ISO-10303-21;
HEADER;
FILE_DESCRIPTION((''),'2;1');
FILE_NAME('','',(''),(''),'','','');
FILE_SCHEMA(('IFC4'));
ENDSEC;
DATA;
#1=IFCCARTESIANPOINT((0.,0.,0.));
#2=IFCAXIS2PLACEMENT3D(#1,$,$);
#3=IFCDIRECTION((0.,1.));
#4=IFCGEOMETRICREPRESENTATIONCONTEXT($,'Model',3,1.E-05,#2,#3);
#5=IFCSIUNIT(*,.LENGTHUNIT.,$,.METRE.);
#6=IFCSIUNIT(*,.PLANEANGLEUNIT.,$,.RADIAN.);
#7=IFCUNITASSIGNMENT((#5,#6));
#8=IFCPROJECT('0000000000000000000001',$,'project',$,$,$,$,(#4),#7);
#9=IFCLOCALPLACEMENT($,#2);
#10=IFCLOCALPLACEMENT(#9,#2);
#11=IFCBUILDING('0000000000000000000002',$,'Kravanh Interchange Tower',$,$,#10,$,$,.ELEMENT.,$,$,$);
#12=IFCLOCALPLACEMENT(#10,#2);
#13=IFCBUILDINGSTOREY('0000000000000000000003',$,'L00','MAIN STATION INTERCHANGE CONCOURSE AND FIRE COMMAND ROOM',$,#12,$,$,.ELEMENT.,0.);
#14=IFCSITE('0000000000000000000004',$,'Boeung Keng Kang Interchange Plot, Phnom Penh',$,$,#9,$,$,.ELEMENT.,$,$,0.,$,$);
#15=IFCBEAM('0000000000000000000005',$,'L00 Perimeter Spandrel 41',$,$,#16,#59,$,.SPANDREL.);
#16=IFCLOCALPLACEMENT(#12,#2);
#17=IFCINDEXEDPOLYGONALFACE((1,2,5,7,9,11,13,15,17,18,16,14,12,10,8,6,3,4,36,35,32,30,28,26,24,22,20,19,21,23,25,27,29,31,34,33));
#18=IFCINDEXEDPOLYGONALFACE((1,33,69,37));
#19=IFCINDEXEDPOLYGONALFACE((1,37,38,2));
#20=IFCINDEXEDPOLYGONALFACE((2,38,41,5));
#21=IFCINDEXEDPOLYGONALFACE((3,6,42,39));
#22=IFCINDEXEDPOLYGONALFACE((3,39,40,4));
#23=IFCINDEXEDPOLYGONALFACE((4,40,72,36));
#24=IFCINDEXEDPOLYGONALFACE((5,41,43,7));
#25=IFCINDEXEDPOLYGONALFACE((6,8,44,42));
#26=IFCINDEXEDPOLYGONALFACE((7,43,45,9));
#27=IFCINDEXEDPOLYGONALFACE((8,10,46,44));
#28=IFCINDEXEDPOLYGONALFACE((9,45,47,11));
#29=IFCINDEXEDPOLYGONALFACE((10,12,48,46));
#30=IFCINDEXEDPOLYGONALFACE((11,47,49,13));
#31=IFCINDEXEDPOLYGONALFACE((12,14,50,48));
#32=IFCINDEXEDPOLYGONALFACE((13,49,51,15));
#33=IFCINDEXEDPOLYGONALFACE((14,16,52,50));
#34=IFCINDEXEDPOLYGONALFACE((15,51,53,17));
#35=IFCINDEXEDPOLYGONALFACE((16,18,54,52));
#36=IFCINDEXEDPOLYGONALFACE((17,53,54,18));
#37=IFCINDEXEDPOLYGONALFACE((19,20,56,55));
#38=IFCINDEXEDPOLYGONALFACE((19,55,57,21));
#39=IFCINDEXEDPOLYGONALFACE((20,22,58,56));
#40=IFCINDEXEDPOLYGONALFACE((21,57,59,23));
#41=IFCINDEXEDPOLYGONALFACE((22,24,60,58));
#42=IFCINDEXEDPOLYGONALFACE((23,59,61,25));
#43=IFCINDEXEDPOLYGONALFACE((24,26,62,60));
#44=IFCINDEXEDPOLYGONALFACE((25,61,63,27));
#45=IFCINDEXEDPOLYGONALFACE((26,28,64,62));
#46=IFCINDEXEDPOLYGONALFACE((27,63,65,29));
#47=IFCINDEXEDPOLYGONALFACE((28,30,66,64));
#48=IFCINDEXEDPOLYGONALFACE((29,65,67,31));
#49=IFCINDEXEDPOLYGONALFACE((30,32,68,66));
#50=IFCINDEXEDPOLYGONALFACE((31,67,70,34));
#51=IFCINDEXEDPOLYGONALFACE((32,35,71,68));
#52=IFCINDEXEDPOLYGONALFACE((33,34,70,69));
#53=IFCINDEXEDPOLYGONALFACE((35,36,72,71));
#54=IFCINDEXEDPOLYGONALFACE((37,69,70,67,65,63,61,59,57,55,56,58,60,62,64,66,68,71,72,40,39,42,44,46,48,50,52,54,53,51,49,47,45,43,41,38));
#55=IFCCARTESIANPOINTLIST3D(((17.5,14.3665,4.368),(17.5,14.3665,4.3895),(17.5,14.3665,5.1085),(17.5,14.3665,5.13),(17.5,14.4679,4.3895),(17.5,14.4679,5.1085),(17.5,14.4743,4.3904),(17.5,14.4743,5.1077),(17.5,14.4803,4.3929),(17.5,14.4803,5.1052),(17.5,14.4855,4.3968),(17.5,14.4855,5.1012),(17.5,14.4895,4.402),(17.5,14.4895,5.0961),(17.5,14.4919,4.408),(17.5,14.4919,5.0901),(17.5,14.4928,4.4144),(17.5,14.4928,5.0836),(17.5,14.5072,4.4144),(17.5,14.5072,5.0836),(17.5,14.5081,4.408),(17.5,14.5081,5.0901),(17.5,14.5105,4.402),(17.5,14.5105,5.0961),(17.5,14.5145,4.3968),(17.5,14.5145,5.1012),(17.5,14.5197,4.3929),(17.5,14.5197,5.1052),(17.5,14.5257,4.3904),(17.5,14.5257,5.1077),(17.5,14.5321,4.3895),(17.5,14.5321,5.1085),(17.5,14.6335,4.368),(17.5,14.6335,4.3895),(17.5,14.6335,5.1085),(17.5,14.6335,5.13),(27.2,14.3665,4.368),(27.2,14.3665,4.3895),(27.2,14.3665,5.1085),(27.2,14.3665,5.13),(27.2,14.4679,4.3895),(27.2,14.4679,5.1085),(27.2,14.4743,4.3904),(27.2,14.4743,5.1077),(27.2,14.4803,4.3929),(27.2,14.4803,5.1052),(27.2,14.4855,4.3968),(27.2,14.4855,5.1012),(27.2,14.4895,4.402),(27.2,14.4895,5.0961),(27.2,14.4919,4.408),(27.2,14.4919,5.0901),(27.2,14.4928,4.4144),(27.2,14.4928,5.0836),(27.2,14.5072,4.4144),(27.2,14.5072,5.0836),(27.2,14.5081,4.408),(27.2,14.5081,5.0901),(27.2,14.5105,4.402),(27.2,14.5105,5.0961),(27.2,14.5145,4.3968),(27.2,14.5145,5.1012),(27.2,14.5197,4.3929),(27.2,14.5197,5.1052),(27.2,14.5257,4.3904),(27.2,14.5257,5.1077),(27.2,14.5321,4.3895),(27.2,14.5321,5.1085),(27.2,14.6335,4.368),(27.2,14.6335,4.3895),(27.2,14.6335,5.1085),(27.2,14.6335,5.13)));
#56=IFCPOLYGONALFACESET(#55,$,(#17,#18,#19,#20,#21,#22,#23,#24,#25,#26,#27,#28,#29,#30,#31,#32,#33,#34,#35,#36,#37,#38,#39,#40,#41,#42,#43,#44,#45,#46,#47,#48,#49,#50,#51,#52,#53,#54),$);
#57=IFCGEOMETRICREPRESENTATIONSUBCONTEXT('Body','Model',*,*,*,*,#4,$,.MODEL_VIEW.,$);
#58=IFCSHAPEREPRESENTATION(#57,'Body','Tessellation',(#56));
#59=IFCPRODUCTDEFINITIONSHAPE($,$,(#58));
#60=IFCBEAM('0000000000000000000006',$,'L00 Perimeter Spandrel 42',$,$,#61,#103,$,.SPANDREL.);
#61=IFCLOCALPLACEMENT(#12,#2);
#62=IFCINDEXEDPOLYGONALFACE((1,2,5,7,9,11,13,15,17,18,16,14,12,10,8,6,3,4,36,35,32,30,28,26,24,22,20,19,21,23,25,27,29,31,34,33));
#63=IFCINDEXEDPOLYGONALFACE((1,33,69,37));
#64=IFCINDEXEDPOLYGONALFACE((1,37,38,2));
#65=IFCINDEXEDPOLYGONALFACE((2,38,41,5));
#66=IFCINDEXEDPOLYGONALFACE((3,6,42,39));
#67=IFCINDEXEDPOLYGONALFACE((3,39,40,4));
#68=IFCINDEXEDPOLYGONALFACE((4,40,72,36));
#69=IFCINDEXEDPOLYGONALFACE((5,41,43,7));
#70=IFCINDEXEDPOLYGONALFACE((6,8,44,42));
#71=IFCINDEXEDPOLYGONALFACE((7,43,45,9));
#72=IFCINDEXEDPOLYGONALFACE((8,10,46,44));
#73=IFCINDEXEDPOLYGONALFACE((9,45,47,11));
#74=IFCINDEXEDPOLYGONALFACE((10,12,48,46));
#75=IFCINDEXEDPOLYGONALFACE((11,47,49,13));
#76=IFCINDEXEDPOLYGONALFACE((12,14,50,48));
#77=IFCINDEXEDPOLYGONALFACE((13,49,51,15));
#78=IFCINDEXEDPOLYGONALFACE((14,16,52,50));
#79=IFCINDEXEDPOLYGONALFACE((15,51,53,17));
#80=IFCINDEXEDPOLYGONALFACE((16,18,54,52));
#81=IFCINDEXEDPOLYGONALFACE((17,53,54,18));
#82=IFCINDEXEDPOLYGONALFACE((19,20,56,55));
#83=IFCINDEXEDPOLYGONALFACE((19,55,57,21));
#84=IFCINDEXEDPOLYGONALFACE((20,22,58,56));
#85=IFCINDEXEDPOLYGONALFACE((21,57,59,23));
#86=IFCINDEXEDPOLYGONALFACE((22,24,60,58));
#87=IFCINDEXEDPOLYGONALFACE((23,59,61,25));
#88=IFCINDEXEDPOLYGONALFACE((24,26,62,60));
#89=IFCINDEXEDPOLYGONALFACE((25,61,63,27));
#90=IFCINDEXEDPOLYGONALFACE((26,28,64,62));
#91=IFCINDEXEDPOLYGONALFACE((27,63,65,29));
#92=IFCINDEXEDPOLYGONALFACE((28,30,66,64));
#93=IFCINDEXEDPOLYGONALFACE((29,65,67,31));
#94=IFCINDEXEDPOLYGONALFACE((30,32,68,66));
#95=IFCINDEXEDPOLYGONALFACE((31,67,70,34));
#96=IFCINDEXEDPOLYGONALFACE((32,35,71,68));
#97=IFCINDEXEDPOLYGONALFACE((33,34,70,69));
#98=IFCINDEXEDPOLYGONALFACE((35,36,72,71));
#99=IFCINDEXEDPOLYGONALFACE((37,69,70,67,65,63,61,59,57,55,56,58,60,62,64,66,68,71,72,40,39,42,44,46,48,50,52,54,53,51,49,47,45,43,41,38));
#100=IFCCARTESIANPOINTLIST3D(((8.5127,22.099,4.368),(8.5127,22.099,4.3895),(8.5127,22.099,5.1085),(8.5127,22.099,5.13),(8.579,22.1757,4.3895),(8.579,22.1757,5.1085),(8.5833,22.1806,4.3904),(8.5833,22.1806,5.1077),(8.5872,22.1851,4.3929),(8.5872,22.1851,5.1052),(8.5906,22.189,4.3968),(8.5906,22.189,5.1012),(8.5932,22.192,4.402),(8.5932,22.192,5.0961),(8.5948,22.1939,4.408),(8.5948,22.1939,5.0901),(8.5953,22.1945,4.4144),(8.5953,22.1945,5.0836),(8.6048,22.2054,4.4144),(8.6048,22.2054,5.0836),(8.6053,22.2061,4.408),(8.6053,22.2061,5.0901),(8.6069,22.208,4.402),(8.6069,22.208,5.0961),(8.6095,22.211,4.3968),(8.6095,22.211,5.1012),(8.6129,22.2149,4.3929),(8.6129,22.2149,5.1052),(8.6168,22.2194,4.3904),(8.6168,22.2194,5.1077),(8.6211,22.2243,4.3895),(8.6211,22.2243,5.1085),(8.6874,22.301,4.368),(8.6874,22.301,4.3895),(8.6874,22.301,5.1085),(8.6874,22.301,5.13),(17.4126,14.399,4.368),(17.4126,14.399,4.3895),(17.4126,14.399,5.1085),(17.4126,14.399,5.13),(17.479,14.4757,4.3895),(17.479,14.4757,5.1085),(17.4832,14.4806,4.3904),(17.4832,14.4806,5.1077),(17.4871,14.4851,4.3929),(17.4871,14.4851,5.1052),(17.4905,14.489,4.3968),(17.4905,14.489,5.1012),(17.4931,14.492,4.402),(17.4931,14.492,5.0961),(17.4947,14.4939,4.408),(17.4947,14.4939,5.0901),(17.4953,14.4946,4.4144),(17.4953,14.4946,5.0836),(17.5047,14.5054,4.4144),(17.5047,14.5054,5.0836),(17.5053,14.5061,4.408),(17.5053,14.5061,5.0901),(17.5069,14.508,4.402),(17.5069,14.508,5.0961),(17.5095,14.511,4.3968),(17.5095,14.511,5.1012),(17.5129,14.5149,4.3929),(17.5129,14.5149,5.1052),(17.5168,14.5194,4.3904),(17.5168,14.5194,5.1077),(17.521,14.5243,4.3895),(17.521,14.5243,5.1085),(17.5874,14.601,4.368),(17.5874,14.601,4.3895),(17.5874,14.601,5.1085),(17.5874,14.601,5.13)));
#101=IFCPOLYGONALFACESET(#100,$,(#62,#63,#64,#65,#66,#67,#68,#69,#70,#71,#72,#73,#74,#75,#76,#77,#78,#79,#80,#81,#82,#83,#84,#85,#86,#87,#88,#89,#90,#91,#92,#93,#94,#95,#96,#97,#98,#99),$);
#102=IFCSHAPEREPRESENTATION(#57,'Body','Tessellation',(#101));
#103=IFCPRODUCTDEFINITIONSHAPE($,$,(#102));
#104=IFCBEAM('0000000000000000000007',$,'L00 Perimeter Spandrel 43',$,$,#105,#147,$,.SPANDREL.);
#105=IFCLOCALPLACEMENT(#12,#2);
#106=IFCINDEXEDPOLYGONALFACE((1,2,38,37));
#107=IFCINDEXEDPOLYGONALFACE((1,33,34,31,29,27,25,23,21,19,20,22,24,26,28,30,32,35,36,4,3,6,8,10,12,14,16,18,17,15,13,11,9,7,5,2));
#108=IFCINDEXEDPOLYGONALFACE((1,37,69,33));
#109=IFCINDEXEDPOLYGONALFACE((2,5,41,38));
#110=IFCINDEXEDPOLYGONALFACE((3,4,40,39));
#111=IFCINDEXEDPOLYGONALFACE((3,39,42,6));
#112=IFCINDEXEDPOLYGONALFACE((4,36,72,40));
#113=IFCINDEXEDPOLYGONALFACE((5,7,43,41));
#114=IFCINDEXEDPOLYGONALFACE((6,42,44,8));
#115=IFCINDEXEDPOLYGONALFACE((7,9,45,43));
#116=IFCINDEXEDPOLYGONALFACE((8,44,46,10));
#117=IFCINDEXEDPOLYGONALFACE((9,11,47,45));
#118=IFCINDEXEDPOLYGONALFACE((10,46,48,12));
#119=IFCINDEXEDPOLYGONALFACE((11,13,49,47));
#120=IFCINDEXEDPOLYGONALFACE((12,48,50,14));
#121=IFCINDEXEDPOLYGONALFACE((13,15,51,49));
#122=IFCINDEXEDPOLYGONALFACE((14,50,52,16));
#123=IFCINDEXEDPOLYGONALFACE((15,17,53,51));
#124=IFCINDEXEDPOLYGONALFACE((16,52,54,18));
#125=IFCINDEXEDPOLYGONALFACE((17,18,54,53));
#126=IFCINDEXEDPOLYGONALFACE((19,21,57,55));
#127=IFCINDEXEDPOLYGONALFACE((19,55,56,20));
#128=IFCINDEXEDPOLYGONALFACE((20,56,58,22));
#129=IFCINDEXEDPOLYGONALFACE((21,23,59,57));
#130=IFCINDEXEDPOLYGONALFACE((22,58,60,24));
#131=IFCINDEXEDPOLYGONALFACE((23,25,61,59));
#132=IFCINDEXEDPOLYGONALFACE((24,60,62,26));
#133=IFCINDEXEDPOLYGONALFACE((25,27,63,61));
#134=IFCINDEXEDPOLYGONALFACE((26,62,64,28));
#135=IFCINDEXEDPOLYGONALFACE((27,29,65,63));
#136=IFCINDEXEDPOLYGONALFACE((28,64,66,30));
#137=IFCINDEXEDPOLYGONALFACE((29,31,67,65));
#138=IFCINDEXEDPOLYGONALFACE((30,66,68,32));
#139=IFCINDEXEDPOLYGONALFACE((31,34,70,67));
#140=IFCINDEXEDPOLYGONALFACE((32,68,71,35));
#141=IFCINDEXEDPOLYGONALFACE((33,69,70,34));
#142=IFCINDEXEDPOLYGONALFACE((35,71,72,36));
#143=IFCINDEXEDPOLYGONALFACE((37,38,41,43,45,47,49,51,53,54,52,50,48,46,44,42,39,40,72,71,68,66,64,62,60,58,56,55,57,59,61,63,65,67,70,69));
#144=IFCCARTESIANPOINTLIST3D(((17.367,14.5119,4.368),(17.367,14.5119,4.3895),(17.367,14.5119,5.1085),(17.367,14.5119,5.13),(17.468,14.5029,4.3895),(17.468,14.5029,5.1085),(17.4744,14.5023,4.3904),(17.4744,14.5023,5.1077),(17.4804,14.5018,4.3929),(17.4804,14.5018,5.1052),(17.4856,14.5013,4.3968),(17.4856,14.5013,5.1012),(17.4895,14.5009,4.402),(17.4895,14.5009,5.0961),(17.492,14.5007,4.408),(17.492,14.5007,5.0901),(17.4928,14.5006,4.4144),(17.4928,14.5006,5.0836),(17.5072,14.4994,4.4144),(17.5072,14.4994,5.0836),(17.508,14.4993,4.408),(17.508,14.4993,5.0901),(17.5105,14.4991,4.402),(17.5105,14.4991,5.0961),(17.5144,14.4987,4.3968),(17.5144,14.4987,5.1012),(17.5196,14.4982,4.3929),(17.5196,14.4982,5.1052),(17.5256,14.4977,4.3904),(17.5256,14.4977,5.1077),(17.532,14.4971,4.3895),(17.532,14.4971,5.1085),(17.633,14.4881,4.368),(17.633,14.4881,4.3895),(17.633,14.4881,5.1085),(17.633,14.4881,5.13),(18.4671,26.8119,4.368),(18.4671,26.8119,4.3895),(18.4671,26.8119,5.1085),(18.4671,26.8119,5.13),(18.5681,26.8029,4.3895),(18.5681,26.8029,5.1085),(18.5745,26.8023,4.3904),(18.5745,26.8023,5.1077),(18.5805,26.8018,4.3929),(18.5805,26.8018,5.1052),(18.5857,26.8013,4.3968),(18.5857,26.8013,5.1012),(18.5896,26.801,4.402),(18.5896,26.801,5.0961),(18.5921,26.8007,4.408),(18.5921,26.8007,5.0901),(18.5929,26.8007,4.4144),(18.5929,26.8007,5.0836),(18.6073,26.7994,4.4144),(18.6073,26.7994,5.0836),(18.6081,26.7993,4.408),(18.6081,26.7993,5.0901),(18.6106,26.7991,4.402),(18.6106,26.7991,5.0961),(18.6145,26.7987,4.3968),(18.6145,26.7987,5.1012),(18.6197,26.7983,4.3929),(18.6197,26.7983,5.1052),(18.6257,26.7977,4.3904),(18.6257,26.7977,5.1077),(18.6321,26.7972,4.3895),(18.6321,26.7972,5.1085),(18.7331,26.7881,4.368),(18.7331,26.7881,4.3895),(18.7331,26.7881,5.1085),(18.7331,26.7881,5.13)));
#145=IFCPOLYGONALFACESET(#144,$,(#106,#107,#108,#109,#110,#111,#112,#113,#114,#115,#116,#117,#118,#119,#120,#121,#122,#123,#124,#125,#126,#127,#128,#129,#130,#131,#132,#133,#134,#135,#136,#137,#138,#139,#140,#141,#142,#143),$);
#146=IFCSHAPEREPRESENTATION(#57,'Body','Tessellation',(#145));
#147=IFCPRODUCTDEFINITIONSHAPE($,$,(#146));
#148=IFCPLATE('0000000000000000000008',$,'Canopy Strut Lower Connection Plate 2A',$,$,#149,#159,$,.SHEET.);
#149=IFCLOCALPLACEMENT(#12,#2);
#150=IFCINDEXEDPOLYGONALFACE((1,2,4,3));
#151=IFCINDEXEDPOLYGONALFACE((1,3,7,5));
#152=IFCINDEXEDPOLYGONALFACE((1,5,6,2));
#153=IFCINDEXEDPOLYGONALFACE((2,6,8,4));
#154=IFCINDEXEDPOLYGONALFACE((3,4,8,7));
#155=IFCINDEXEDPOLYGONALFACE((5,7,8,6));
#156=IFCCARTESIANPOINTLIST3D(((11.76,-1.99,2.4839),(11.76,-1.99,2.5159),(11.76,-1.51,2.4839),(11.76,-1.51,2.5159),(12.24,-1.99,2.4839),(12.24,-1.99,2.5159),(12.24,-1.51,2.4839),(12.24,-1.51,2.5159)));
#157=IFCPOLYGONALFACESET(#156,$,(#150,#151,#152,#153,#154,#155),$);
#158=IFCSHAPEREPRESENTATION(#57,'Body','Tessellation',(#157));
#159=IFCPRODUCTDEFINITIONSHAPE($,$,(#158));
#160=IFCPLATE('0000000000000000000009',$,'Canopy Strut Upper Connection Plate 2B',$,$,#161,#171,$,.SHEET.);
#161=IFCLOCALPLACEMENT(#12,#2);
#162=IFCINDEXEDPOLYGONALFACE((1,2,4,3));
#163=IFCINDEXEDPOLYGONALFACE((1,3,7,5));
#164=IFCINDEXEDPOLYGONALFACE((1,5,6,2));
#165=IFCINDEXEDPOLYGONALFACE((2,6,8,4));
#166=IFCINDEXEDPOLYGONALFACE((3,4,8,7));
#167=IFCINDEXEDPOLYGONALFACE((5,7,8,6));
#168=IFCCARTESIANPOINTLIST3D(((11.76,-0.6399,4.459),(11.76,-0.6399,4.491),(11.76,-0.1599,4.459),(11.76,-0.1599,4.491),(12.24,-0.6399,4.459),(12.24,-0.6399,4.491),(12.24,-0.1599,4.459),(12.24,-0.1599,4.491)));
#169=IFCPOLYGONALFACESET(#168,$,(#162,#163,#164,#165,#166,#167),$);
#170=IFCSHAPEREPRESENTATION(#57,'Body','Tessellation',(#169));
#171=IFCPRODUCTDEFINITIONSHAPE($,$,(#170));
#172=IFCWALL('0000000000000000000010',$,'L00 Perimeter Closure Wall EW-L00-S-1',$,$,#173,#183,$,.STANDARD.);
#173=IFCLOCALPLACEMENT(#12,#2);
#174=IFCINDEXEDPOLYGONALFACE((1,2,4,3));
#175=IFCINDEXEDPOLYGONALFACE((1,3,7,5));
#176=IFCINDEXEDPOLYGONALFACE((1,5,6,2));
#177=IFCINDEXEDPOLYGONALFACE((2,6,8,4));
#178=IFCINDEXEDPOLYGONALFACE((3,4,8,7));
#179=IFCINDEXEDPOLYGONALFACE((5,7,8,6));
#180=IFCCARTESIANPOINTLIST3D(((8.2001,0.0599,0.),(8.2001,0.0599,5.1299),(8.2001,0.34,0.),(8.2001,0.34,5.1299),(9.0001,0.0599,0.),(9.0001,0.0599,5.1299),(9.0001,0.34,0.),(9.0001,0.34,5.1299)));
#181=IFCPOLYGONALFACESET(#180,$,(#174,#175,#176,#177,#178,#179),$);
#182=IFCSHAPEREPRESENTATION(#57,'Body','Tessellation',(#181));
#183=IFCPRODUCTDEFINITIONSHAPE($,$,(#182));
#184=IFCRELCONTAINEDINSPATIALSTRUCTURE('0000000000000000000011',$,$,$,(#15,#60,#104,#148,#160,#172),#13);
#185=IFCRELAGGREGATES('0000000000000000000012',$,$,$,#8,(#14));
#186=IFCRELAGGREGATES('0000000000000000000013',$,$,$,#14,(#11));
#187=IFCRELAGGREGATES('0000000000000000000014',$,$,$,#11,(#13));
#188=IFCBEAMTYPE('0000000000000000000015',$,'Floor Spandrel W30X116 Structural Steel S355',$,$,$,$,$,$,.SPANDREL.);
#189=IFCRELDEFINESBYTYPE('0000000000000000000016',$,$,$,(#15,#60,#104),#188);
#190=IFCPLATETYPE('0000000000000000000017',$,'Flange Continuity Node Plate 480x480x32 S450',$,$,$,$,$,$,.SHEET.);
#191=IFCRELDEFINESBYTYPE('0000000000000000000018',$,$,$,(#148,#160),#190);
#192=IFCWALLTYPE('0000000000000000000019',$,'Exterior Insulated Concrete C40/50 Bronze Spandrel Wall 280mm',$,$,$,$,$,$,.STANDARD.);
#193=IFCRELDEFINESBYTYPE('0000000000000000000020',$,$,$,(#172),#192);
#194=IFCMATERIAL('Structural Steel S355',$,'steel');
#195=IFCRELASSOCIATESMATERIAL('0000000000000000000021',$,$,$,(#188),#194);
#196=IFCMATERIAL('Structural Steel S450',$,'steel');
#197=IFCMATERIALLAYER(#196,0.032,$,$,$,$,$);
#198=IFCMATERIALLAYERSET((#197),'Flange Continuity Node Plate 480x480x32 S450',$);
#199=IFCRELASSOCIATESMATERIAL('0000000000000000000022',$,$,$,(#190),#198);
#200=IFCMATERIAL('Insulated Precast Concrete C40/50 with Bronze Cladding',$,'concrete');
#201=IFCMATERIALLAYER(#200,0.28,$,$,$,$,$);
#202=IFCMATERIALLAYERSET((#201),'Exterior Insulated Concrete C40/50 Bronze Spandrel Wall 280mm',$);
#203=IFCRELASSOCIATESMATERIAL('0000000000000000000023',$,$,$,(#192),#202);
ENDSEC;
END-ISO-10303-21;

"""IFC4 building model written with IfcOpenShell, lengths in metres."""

from ifc_helpers import new_model, si_unit, direction, frame, frame_2d, origin, origin_2d, place, context, subcontext, project, spatial, rectangle, i_section, extrude, material, layer, layer_set, material_profile, profile_set, type_object, element, save


model = new_model("IFC4")

# Units and contexts
model_context = context("Model", 3, precision=1e-05, world=origin(), true_north=direction((0.0, 1.0)))
body_context = subcontext(model_context, "Body", "Model", "MODEL_VIEW")
ifc_project = project(units=[si_unit("LENGTHUNIT", "METRE"), si_unit("PLANEANGLEUNIT", "RADIAN")], contexts=[model_context])

# Site, building, storey
site_placement = place(None, origin())
site = spatial("IfcSite", under=ifc_project, at=site_placement, Name="Boeung Keng Kang Interchange Plot, Phnom Penh", CompositionType="ELEMENT", RefElevation=0.0)
building_placement = place(site_placement, origin())
building = spatial("IfcBuilding", under=site, at=building_placement, Name="Kravanh Interchange Tower", CompositionType="ELEMENT")
storey_placement = place(building_placement, origin())
storey = spatial("IfcBuildingStorey", under=building, at=storey_placement, Name="L00", Description="MAIN STATION INTERCHANGE CONCOURSE AND FIRE COMMAND ROOM", CompositionType="ELEMENT", Elevation=0.0)

# Beams
ifc_material_1 = material(Name="Structural Steel S355", Category="steel")
ifc_material_profile_1 = material_profile(ifc_material_1, i_section(OverallWidth=0.2671, OverallDepth=0.762, WebThickness=0.0144, FlangeThickness=0.0215, FilletRadius=0.0249, at=origin_2d()), Name="W30X116")
ifc_profile_set_1 = profile_set([ifc_material_profile_1], Name="Structural Steel S355")
beam_type_1 = type_object("IfcBeamType", Name="Floor Spandrel W30X116 Structural Steel S355", PredefinedType="SPANDREL", material=ifc_profile_set_1)
beam_1_placement = place(storey_placement, frame((17.5, 14.5, 4.749), z_axis=(1.0, 0.0, 0.0), x_axis=(0.0, 1.0, 0.0)))
element("IfcBeam", 1, at=beam_1_placement, inside=storey, type_object=beam_type_1, Name="L00 Perimeter Spandrel 41", PredefinedType="SPANDREL", context=body_context, shape_type="SweptSolid", body=[
    extrude(i_section(OverallWidth=0.2671, OverallDepth=0.762, WebThickness=0.0144, FlangeThickness=0.0215, FilletRadius=0.0249, at=origin_2d()), origin(), (0.0, 0.0, 1.0), 9.7),
])
beam_2_placement = place(storey_placement, frame((17.5, 14.5, 4.749), z_axis=(-0.756248, 0.654285, 0.0), x_axis=(-0.654285, -0.756248, 0.0)))
element("IfcBeam", 2, at=beam_2_placement, inside=storey, type_object=beam_type_1, Name="L00 Perimeter Spandrel 42", PredefinedType="SPANDREL", context=body_context, shape_type="SweptSolid", body=[
    extrude(i_section(OverallWidth=0.2671, OverallDepth=0.762, WebThickness=0.0144, FlangeThickness=0.0215, FilletRadius=0.0249, at=origin_2d()), origin(), (0.0, 0.0, 1.0), 11.7686),
])
beam_3_placement = place(storey_placement, frame((17.5, 14.5, 4.749), z_axis=(0.089083, 0.996024, 0.0), x_axis=(-0.996024, 0.089083, 0.0)))
element("IfcBeam", 3, at=beam_3_placement, inside=storey, type_object=beam_type_1, Name="L00 Perimeter Spandrel 43", PredefinedType="SPANDREL", context=body_context, shape_type="SweptSolid", body=[
    extrude(i_section(OverallWidth=0.2671, OverallDepth=0.762, WebThickness=0.0144, FlangeThickness=0.0215, FilletRadius=0.0249, at=origin_2d()), origin(), (0.0, 0.0, 1.0), 12.3491),
])

# Plates
ifc_material_2 = material(Name="Structural Steel S450", Category="steel")
ifc_layer_1 = layer(ifc_material_2, 0.032)
ifc_layer_set_1 = layer_set([ifc_layer_1], Name="Flange Continuity Node Plate 480x480x32 S450")
plate_type = type_object("IfcPlateType", Name="Flange Continuity Node Plate 480x480x32 S450", PredefinedType="SHEET", material=ifc_layer_set_1)
for number, where, z_axis, x_axis, name in (
    (4, (12.0, -1.75, 2.4839), (0.0, 0.0, 1.0), (1.0, 0.0, 0.0), "Canopy Strut Lower Connection Plate 2A"),
    (5, (12.0, -0.3999, 4.459), (0.0, 0.0, 1.0), (1.0, 0.0, 0.0), "Canopy Strut Upper Connection Plate 2B"),
):
    element("IfcPlate", number, at=place(storey_placement, frame(where, z_axis=z_axis, x_axis=x_axis)), inside=storey, type_object=plate_type, Name=name, PredefinedType="SHEET", context=body_context, shape_type="SweptSolid", body=[
        extrude(rectangle(XDim=0.48, YDim=0.48, at=origin_2d()), origin(), (0.0, 0.0, 1.0), 0.032),
    ])

# Shared definitions
ifc_material_3 = material(Name="Insulated Precast Concrete C40/50 with Bronze Cladding", Category="concrete")
ifc_layer_2 = layer(ifc_material_3, 0.28)
ifc_layer_set_2 = layer_set([ifc_layer_2], Name="Exterior Insulated Concrete C40/50 Bronze Spandrel Wall 280mm")
wall_type_1 = type_object("IfcWallType", Name="Exterior Insulated Concrete C40/50 Bronze Spandrel Wall 280mm", PredefinedType="STANDARD", material=ifc_layer_set_2)

# Wall
wall_1_placement = place(storey_placement, frame((9.0, 0.2, 0.0), z_axis=(0.0, 0.0, 1.0), x_axis=(-1.0, 0.0, 0.0)))
element("IfcWall", 6, at=wall_1_placement, inside=storey, type_object=wall_type_1, Name="L00 Perimeter Closure Wall EW-L00-S-1", PredefinedType="STANDARD", context=body_context, shape_type="SweptSolid", body=[
    extrude(rectangle(XDim=0.8, YDim=0.28, at=frame_2d((0.3999, 0.0))), origin(), (0.0, 0.0, 1.0), 5.1299),
])

save(model, "model.ifc")
